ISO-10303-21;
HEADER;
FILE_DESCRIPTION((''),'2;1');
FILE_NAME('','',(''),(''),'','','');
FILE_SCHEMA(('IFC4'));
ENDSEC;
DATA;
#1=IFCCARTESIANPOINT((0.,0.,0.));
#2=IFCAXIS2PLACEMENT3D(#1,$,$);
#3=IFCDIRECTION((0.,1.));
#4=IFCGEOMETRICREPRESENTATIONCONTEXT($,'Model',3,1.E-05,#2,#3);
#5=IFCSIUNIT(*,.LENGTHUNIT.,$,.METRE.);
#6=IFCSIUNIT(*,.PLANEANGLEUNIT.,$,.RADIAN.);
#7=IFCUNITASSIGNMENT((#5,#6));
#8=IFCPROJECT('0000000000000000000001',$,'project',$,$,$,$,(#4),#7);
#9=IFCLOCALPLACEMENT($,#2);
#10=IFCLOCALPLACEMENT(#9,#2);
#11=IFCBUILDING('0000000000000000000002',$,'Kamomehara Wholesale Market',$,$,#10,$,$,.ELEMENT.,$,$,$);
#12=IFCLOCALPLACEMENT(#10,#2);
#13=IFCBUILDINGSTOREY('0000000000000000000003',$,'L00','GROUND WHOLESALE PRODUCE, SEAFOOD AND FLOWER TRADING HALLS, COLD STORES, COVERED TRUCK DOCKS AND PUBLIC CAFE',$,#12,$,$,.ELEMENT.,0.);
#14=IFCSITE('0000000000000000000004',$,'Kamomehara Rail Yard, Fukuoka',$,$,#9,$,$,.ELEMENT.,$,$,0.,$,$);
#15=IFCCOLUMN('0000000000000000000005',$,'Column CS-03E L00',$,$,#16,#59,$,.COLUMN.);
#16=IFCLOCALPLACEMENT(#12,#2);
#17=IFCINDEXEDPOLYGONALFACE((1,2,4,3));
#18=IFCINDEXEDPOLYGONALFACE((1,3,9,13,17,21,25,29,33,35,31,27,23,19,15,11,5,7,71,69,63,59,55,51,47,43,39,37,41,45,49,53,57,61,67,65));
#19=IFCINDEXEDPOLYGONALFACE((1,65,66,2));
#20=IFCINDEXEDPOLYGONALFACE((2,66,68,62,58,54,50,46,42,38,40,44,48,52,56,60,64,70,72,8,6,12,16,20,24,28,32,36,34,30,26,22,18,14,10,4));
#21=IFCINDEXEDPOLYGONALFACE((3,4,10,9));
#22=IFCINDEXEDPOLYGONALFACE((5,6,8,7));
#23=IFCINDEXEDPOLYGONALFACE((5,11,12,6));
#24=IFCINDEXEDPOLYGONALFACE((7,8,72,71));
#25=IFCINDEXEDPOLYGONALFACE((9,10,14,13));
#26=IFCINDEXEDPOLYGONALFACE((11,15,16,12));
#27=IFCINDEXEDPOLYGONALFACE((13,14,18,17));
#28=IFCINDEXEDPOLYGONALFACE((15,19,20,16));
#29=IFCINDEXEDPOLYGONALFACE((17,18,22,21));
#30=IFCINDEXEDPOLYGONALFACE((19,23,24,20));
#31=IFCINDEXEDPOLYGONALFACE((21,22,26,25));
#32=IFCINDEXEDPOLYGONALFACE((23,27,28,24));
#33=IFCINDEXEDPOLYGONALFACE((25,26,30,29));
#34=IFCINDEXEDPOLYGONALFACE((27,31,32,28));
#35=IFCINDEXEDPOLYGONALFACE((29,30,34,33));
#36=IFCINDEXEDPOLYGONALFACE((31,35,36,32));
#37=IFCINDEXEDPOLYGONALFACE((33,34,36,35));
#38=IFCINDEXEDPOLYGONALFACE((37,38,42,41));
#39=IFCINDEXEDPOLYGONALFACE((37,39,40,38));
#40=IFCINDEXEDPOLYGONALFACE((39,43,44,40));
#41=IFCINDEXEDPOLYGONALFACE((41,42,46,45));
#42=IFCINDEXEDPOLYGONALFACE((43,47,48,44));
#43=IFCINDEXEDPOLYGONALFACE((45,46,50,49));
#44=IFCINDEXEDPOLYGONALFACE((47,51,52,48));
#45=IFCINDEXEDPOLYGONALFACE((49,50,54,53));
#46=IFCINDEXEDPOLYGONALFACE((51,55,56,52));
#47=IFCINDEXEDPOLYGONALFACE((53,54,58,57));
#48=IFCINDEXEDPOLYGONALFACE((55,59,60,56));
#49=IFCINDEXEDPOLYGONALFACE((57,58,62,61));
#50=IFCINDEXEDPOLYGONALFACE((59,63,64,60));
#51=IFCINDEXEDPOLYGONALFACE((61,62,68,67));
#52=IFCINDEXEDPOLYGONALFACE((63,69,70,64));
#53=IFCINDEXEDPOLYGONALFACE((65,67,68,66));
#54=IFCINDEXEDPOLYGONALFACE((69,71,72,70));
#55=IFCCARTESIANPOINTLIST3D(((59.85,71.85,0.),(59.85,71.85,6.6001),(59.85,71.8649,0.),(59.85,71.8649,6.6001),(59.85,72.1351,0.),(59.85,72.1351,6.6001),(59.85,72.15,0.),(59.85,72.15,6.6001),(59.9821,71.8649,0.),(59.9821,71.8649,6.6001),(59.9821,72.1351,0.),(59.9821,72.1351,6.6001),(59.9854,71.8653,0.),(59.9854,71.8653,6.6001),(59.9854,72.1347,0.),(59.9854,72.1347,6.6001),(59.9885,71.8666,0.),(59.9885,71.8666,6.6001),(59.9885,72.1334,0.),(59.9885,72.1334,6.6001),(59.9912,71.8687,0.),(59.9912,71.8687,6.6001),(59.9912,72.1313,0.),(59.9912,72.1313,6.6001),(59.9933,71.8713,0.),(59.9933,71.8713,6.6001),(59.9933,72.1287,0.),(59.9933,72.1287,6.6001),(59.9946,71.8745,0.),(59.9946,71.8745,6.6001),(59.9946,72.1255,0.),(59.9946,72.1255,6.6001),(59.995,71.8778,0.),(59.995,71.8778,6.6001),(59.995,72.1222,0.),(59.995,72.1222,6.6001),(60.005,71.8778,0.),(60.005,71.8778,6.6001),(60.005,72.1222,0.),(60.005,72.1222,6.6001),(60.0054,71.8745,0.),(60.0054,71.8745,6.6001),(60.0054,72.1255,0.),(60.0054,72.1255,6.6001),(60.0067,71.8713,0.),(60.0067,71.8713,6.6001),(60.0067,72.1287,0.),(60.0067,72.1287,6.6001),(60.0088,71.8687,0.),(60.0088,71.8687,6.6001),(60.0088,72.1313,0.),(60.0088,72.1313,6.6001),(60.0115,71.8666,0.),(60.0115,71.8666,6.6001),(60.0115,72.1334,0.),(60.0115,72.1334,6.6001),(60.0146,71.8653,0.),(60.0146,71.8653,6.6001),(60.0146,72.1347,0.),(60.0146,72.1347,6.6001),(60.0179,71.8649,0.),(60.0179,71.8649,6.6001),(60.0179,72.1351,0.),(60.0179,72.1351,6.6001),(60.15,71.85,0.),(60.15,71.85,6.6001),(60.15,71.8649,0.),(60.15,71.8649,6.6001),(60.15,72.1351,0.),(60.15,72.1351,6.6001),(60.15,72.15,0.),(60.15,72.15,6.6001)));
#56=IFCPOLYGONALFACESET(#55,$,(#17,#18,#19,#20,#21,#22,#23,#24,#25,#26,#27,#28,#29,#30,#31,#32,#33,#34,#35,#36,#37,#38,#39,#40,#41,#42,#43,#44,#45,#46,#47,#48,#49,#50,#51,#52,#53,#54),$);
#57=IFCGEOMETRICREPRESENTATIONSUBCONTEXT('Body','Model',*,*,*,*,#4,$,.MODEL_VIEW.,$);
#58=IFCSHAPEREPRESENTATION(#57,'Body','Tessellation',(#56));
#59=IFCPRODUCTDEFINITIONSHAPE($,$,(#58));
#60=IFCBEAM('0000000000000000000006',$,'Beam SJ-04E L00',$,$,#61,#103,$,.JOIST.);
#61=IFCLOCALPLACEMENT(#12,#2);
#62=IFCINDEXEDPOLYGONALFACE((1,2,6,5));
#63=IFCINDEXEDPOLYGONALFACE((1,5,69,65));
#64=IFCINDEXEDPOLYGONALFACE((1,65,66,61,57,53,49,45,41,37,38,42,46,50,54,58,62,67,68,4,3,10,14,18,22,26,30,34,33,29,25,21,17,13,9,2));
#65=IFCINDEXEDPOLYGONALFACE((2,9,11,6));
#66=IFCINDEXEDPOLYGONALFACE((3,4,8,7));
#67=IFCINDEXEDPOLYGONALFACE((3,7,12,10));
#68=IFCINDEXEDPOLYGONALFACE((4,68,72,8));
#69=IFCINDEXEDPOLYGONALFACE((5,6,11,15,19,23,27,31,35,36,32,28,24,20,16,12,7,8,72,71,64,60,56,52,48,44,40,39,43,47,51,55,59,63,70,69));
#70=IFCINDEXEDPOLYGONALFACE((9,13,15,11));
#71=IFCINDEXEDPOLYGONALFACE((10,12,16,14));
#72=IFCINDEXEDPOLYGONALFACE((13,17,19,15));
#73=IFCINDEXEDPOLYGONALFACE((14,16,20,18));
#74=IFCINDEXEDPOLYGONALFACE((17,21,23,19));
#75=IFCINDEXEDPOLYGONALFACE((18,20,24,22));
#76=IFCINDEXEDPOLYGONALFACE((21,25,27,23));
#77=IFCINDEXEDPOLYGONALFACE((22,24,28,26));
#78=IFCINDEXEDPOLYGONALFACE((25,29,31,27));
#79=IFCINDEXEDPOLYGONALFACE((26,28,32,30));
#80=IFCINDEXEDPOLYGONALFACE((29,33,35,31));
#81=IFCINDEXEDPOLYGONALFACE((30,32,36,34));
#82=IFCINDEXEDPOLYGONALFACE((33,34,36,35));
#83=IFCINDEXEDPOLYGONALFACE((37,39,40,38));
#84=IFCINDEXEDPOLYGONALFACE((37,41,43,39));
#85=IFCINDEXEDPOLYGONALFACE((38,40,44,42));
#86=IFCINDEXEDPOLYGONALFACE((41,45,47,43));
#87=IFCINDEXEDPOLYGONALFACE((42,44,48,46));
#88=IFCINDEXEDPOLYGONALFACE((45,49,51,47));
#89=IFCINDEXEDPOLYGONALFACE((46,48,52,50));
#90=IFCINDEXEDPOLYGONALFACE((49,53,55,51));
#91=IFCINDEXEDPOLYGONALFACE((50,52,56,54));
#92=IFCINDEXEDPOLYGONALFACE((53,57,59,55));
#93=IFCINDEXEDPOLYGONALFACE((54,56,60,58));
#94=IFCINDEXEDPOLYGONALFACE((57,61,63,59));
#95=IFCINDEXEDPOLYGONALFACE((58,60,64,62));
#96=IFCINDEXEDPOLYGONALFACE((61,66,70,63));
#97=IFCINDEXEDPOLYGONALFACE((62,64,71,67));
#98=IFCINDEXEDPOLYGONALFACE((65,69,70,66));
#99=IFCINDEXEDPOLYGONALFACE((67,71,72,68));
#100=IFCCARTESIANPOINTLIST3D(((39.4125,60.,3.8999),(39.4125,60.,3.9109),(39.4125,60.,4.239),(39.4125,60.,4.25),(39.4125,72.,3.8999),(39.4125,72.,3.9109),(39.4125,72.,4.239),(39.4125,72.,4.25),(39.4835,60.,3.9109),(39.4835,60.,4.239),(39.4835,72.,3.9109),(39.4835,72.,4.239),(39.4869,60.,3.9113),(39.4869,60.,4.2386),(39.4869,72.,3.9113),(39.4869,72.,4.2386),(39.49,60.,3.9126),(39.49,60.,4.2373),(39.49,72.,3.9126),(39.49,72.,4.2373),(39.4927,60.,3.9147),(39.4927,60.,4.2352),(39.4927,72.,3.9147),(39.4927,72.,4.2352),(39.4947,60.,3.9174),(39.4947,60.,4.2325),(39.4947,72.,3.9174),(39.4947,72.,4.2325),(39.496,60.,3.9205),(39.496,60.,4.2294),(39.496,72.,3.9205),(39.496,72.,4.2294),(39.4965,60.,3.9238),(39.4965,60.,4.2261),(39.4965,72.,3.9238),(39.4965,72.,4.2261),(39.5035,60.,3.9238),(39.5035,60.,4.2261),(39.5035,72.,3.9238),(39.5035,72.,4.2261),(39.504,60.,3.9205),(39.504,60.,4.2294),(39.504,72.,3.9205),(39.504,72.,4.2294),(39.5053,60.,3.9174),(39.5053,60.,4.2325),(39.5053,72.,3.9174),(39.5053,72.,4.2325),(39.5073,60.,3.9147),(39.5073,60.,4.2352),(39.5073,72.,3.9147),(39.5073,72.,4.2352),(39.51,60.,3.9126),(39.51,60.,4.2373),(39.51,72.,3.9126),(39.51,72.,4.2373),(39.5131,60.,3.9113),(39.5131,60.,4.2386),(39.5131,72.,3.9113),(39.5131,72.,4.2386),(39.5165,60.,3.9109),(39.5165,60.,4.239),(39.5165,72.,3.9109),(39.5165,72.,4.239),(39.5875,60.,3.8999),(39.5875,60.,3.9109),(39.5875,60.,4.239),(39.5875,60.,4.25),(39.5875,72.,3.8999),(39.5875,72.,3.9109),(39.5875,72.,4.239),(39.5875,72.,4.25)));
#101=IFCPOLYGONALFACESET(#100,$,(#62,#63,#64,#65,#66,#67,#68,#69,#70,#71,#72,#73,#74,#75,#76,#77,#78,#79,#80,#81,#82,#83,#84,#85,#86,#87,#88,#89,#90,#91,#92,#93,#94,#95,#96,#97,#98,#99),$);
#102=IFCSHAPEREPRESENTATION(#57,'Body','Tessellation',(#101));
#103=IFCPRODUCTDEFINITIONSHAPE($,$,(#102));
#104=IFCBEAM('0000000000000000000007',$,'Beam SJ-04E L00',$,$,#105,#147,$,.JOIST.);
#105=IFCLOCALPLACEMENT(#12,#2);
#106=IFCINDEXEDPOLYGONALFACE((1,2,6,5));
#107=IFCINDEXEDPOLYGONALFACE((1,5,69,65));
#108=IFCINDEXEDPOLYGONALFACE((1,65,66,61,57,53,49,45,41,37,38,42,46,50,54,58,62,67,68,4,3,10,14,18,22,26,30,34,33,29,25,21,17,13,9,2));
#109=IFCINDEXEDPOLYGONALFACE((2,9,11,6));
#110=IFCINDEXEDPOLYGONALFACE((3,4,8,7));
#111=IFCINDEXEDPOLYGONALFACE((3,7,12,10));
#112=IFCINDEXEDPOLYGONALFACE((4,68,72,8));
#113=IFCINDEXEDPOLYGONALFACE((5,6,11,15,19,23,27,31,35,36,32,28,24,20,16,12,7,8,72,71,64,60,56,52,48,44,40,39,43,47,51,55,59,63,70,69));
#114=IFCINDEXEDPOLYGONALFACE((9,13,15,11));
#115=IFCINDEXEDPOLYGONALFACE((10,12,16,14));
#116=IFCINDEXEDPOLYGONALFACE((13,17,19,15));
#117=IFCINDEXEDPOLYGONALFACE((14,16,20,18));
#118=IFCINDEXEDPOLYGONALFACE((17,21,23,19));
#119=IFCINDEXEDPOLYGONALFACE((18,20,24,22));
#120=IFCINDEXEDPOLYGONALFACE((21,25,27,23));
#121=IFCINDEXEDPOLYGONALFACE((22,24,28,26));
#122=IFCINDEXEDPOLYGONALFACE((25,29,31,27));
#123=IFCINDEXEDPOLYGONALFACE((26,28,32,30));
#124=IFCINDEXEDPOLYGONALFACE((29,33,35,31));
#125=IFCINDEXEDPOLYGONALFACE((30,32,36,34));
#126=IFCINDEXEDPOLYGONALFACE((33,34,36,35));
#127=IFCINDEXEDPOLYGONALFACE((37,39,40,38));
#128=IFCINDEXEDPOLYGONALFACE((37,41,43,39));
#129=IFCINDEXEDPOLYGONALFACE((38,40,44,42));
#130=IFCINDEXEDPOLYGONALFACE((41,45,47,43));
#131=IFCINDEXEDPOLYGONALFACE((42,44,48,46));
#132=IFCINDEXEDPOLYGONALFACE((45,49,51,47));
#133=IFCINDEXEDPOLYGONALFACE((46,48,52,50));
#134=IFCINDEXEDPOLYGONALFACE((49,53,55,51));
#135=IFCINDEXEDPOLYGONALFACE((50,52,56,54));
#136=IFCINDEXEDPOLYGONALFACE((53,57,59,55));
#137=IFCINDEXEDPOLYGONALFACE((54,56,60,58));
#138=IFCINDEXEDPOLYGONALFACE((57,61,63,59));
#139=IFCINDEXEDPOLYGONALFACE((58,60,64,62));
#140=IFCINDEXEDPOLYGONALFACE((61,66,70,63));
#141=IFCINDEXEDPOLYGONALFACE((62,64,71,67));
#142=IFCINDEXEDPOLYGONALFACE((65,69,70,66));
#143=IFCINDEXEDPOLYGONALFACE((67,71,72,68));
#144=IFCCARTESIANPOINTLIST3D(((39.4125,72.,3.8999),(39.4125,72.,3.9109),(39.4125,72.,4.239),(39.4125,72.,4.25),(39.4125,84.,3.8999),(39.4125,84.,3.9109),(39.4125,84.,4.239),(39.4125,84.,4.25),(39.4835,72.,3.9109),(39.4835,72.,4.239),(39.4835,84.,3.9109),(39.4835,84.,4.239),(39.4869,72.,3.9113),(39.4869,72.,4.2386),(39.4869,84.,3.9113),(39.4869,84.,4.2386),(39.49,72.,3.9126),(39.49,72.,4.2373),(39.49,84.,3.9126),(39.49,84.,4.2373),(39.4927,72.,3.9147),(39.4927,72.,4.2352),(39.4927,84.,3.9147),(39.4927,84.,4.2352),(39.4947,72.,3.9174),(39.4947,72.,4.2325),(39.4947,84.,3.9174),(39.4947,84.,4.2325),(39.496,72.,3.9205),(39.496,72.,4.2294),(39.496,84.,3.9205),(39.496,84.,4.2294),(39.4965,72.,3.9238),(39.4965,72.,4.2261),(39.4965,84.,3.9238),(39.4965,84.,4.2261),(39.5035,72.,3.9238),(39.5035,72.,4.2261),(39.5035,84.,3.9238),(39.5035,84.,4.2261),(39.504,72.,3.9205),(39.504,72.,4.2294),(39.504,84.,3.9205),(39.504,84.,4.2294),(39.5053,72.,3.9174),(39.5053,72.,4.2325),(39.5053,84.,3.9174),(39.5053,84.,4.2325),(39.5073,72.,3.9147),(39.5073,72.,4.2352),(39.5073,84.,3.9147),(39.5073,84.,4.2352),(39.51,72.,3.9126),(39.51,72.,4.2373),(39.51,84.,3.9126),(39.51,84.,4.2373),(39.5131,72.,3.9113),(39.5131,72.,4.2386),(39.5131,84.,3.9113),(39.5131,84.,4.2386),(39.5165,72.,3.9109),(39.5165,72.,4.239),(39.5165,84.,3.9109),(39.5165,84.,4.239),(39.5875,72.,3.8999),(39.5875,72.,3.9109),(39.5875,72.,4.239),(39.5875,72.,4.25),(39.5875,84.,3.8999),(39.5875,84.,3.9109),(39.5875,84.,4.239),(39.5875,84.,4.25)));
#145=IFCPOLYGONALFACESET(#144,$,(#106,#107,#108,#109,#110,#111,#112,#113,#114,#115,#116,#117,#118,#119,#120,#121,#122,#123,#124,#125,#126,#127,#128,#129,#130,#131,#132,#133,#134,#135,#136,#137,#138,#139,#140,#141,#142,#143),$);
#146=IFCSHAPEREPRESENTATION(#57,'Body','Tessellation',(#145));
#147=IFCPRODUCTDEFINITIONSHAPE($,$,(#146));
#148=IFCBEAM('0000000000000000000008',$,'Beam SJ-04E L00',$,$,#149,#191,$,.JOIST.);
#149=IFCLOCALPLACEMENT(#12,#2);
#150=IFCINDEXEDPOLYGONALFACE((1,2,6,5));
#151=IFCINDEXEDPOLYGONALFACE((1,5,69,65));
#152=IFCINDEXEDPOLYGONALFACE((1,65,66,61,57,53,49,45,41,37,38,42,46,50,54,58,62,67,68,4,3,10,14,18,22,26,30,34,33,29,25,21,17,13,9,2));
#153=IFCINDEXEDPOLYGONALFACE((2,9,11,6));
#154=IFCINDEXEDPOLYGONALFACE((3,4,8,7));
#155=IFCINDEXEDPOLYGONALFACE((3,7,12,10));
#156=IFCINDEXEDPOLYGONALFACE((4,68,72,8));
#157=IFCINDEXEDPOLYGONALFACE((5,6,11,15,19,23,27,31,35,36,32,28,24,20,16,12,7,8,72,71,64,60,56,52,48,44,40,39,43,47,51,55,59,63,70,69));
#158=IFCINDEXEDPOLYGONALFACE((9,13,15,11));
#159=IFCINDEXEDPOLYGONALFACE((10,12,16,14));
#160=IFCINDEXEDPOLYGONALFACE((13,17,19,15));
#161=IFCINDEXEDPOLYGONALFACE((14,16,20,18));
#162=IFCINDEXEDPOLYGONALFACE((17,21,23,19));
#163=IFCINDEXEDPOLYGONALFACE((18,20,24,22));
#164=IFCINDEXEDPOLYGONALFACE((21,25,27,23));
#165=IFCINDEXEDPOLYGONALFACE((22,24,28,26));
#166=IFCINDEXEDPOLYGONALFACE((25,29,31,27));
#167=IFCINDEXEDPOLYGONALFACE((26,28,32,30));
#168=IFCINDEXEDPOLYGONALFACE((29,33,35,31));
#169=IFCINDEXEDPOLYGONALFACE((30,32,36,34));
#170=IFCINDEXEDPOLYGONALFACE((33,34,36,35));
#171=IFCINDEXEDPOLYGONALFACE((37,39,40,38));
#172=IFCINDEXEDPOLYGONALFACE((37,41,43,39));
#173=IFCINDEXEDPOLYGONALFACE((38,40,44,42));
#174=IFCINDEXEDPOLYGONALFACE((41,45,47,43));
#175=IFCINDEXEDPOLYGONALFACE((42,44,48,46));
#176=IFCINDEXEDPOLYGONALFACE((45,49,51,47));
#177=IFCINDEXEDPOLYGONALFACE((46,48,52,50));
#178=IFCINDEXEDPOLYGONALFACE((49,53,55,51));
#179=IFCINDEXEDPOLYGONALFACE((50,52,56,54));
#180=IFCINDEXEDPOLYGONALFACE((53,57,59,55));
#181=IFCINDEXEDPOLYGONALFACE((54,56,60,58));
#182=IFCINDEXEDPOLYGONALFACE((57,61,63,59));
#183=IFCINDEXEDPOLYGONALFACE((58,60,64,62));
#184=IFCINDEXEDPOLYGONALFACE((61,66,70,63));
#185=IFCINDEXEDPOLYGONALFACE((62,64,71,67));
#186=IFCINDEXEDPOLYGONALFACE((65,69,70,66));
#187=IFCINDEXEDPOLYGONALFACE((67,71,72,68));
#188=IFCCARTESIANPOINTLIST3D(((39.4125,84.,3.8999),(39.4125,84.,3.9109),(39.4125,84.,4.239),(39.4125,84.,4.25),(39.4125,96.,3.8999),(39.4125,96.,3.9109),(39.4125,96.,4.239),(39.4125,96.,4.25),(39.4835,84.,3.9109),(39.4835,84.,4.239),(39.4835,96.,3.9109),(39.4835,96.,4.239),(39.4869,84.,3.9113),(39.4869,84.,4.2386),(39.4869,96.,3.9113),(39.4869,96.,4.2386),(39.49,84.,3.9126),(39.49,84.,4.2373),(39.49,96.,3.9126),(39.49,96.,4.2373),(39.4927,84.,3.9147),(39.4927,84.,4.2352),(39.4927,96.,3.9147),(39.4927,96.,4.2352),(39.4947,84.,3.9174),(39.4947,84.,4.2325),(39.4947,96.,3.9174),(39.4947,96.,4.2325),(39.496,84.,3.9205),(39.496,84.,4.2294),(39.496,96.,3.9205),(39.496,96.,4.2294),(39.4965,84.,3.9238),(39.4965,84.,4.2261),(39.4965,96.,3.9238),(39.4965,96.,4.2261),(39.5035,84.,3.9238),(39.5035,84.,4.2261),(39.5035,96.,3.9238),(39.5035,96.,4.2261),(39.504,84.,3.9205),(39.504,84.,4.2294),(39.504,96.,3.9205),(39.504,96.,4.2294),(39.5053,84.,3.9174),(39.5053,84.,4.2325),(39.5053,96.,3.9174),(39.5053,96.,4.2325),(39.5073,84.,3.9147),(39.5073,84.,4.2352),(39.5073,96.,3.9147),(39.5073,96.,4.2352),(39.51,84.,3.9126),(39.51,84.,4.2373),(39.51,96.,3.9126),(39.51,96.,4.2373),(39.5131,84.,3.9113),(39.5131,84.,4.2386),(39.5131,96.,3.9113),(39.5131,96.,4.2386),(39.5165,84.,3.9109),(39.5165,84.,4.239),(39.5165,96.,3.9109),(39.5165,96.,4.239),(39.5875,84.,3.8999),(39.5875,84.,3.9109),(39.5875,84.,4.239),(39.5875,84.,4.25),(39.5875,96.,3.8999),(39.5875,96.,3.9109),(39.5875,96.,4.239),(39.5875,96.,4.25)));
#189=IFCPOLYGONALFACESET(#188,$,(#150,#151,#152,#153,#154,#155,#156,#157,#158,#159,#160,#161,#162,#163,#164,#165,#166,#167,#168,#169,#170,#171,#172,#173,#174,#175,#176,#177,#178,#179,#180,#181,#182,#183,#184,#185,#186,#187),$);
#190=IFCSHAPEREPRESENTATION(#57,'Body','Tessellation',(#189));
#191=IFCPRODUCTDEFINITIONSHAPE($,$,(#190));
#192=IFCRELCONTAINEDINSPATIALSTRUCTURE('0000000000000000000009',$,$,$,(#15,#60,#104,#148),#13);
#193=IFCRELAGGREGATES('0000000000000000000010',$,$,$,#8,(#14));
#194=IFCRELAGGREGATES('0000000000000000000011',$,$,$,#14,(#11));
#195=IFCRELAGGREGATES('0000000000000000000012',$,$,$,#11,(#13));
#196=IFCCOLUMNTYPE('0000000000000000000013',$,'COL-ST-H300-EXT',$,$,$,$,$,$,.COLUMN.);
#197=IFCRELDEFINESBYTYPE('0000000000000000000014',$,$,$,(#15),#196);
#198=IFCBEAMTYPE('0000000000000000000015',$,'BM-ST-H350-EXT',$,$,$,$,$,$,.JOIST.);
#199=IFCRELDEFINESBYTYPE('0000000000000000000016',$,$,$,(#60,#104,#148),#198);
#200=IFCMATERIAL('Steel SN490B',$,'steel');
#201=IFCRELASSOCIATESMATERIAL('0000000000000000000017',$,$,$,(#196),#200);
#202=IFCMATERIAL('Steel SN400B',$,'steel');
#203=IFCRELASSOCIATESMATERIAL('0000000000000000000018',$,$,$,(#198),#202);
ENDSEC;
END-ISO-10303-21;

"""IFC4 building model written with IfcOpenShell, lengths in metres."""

from ifc_helpers import new_model, si_unit, direction, frame, origin, origin_2d, place, context, subcontext, project, spatial, i_section, extrude, material, material_profile, profile_set, type_object, element, save


model = new_model("IFC4")

# Units and contexts
model_context = context("Model", 3, precision=1e-05, world=origin(), true_north=direction((0.0, 1.0)))
body_context = subcontext(model_context, "Body", "Model", "MODEL_VIEW")
ifc_project = project(units=[si_unit("LENGTHUNIT", "METRE"), si_unit("PLANEANGLEUNIT", "RADIAN")], contexts=[model_context])

# Site, building, storey
site_placement = place(None, origin())
site = spatial("IfcSite", under=ifc_project, at=site_placement, Name="Kamomehara Rail Yard, Fukuoka", CompositionType="ELEMENT", RefElevation=0.0)
building_placement = place(site_placement, origin())
building = spatial("IfcBuilding", under=site, at=building_placement, Name="Kamomehara Wholesale Market", CompositionType="ELEMENT")
storey_placement = place(building_placement, origin())
storey = spatial("IfcBuildingStorey", under=building, at=storey_placement, Name="L00", Description="GROUND WHOLESALE PRODUCE, SEAFOOD AND FLOWER TRADING HALLS, COLD STORES, COVERED TRUCK DOCKS AND PUBLIC CAFE", CompositionType="ELEMENT", Elevation=0.0)

# Column
ifc_material_1 = material(Name="Steel SN490B", Category="steel")
ifc_material_profile_1 = material_profile(ifc_material_1, i_section(OverallWidth=0.3, OverallDepth=0.3, WebThickness=0.01, FlangeThickness=0.0149, FilletRadius=0.0129, at=origin_2d()), Name="H-300x300x10x15")
ifc_profile_set_1 = profile_set([ifc_material_profile_1], Name="Steel SN490B")
column_type_1 = type_object("IfcColumnType", Name="COL-ST-H300-EXT", PredefinedType="COLUMN", material=ifc_profile_set_1)
column_1_placement = place(storey_placement, frame((60.0, 72.0, 0.0), z_axis=(0.0, 0.0, 1.0), x_axis=(1.0, 0.0, 0.0)))
element("IfcColumn", 1, at=column_1_placement, inside=storey, type_object=column_type_1, Name="Column CS-03E L00", PredefinedType="COLUMN", context=body_context, shape_type="SweptSolid", body=[
    extrude(i_section(OverallWidth=0.3, OverallDepth=0.3, WebThickness=0.01, FlangeThickness=0.0149, FilletRadius=0.0129, at=origin_2d()), origin(), (0.0, 0.0, 1.0), 6.6001),
])

# Beams
ifc_material_2 = material(Name="Steel SN400B", Category="steel")
ifc_material_profile_2 = material_profile(ifc_material_2, i_section(OverallWidth=0.175, OverallDepth=0.3501, WebThickness=0.0071, FlangeThickness=0.011, FilletRadius=0.0129, at=origin_2d()), Name="H-350x175x7x11")
ifc_profile_set_2 = profile_set([ifc_material_profile_2], Name="Steel SN400B")
beam_type = type_object("IfcBeamType", Name="BM-ST-H350-EXT", PredefinedType="JOIST", material=ifc_profile_set_2)
for number, where, z_axis, x_axis, name in (
    (2, (39.5, 60.0, 4.075), (0.0, 1.0, 0.0), (-1.0, 0.0, 0.0), "Beam SJ-04E L00"),
    (3, (39.5, 72.0, 4.075), (0.0, 1.0, 0.0), (-1.0, 0.0, 0.0), "Beam SJ-04E L00"),
    (4, (39.5, 84.0, 4.075), (0.0, 1.0, 0.0), (-1.0, 0.0, 0.0), "Beam SJ-04E L00"),
):
    element("IfcBeam", number, at=place(storey_placement, frame(where, z_axis=z_axis, x_axis=x_axis)), inside=storey, type_object=beam_type, Name=name, PredefinedType="JOIST", context=body_context, shape_type="SweptSolid", body=[
        extrude(i_section(OverallWidth=0.175, OverallDepth=0.3501, WebThickness=0.0071, FlangeThickness=0.011, FilletRadius=0.0129, at=origin_2d()), origin(), (0.0, 0.0, 1.0), 12.0),
    ])

save(model, "model.ifc")
